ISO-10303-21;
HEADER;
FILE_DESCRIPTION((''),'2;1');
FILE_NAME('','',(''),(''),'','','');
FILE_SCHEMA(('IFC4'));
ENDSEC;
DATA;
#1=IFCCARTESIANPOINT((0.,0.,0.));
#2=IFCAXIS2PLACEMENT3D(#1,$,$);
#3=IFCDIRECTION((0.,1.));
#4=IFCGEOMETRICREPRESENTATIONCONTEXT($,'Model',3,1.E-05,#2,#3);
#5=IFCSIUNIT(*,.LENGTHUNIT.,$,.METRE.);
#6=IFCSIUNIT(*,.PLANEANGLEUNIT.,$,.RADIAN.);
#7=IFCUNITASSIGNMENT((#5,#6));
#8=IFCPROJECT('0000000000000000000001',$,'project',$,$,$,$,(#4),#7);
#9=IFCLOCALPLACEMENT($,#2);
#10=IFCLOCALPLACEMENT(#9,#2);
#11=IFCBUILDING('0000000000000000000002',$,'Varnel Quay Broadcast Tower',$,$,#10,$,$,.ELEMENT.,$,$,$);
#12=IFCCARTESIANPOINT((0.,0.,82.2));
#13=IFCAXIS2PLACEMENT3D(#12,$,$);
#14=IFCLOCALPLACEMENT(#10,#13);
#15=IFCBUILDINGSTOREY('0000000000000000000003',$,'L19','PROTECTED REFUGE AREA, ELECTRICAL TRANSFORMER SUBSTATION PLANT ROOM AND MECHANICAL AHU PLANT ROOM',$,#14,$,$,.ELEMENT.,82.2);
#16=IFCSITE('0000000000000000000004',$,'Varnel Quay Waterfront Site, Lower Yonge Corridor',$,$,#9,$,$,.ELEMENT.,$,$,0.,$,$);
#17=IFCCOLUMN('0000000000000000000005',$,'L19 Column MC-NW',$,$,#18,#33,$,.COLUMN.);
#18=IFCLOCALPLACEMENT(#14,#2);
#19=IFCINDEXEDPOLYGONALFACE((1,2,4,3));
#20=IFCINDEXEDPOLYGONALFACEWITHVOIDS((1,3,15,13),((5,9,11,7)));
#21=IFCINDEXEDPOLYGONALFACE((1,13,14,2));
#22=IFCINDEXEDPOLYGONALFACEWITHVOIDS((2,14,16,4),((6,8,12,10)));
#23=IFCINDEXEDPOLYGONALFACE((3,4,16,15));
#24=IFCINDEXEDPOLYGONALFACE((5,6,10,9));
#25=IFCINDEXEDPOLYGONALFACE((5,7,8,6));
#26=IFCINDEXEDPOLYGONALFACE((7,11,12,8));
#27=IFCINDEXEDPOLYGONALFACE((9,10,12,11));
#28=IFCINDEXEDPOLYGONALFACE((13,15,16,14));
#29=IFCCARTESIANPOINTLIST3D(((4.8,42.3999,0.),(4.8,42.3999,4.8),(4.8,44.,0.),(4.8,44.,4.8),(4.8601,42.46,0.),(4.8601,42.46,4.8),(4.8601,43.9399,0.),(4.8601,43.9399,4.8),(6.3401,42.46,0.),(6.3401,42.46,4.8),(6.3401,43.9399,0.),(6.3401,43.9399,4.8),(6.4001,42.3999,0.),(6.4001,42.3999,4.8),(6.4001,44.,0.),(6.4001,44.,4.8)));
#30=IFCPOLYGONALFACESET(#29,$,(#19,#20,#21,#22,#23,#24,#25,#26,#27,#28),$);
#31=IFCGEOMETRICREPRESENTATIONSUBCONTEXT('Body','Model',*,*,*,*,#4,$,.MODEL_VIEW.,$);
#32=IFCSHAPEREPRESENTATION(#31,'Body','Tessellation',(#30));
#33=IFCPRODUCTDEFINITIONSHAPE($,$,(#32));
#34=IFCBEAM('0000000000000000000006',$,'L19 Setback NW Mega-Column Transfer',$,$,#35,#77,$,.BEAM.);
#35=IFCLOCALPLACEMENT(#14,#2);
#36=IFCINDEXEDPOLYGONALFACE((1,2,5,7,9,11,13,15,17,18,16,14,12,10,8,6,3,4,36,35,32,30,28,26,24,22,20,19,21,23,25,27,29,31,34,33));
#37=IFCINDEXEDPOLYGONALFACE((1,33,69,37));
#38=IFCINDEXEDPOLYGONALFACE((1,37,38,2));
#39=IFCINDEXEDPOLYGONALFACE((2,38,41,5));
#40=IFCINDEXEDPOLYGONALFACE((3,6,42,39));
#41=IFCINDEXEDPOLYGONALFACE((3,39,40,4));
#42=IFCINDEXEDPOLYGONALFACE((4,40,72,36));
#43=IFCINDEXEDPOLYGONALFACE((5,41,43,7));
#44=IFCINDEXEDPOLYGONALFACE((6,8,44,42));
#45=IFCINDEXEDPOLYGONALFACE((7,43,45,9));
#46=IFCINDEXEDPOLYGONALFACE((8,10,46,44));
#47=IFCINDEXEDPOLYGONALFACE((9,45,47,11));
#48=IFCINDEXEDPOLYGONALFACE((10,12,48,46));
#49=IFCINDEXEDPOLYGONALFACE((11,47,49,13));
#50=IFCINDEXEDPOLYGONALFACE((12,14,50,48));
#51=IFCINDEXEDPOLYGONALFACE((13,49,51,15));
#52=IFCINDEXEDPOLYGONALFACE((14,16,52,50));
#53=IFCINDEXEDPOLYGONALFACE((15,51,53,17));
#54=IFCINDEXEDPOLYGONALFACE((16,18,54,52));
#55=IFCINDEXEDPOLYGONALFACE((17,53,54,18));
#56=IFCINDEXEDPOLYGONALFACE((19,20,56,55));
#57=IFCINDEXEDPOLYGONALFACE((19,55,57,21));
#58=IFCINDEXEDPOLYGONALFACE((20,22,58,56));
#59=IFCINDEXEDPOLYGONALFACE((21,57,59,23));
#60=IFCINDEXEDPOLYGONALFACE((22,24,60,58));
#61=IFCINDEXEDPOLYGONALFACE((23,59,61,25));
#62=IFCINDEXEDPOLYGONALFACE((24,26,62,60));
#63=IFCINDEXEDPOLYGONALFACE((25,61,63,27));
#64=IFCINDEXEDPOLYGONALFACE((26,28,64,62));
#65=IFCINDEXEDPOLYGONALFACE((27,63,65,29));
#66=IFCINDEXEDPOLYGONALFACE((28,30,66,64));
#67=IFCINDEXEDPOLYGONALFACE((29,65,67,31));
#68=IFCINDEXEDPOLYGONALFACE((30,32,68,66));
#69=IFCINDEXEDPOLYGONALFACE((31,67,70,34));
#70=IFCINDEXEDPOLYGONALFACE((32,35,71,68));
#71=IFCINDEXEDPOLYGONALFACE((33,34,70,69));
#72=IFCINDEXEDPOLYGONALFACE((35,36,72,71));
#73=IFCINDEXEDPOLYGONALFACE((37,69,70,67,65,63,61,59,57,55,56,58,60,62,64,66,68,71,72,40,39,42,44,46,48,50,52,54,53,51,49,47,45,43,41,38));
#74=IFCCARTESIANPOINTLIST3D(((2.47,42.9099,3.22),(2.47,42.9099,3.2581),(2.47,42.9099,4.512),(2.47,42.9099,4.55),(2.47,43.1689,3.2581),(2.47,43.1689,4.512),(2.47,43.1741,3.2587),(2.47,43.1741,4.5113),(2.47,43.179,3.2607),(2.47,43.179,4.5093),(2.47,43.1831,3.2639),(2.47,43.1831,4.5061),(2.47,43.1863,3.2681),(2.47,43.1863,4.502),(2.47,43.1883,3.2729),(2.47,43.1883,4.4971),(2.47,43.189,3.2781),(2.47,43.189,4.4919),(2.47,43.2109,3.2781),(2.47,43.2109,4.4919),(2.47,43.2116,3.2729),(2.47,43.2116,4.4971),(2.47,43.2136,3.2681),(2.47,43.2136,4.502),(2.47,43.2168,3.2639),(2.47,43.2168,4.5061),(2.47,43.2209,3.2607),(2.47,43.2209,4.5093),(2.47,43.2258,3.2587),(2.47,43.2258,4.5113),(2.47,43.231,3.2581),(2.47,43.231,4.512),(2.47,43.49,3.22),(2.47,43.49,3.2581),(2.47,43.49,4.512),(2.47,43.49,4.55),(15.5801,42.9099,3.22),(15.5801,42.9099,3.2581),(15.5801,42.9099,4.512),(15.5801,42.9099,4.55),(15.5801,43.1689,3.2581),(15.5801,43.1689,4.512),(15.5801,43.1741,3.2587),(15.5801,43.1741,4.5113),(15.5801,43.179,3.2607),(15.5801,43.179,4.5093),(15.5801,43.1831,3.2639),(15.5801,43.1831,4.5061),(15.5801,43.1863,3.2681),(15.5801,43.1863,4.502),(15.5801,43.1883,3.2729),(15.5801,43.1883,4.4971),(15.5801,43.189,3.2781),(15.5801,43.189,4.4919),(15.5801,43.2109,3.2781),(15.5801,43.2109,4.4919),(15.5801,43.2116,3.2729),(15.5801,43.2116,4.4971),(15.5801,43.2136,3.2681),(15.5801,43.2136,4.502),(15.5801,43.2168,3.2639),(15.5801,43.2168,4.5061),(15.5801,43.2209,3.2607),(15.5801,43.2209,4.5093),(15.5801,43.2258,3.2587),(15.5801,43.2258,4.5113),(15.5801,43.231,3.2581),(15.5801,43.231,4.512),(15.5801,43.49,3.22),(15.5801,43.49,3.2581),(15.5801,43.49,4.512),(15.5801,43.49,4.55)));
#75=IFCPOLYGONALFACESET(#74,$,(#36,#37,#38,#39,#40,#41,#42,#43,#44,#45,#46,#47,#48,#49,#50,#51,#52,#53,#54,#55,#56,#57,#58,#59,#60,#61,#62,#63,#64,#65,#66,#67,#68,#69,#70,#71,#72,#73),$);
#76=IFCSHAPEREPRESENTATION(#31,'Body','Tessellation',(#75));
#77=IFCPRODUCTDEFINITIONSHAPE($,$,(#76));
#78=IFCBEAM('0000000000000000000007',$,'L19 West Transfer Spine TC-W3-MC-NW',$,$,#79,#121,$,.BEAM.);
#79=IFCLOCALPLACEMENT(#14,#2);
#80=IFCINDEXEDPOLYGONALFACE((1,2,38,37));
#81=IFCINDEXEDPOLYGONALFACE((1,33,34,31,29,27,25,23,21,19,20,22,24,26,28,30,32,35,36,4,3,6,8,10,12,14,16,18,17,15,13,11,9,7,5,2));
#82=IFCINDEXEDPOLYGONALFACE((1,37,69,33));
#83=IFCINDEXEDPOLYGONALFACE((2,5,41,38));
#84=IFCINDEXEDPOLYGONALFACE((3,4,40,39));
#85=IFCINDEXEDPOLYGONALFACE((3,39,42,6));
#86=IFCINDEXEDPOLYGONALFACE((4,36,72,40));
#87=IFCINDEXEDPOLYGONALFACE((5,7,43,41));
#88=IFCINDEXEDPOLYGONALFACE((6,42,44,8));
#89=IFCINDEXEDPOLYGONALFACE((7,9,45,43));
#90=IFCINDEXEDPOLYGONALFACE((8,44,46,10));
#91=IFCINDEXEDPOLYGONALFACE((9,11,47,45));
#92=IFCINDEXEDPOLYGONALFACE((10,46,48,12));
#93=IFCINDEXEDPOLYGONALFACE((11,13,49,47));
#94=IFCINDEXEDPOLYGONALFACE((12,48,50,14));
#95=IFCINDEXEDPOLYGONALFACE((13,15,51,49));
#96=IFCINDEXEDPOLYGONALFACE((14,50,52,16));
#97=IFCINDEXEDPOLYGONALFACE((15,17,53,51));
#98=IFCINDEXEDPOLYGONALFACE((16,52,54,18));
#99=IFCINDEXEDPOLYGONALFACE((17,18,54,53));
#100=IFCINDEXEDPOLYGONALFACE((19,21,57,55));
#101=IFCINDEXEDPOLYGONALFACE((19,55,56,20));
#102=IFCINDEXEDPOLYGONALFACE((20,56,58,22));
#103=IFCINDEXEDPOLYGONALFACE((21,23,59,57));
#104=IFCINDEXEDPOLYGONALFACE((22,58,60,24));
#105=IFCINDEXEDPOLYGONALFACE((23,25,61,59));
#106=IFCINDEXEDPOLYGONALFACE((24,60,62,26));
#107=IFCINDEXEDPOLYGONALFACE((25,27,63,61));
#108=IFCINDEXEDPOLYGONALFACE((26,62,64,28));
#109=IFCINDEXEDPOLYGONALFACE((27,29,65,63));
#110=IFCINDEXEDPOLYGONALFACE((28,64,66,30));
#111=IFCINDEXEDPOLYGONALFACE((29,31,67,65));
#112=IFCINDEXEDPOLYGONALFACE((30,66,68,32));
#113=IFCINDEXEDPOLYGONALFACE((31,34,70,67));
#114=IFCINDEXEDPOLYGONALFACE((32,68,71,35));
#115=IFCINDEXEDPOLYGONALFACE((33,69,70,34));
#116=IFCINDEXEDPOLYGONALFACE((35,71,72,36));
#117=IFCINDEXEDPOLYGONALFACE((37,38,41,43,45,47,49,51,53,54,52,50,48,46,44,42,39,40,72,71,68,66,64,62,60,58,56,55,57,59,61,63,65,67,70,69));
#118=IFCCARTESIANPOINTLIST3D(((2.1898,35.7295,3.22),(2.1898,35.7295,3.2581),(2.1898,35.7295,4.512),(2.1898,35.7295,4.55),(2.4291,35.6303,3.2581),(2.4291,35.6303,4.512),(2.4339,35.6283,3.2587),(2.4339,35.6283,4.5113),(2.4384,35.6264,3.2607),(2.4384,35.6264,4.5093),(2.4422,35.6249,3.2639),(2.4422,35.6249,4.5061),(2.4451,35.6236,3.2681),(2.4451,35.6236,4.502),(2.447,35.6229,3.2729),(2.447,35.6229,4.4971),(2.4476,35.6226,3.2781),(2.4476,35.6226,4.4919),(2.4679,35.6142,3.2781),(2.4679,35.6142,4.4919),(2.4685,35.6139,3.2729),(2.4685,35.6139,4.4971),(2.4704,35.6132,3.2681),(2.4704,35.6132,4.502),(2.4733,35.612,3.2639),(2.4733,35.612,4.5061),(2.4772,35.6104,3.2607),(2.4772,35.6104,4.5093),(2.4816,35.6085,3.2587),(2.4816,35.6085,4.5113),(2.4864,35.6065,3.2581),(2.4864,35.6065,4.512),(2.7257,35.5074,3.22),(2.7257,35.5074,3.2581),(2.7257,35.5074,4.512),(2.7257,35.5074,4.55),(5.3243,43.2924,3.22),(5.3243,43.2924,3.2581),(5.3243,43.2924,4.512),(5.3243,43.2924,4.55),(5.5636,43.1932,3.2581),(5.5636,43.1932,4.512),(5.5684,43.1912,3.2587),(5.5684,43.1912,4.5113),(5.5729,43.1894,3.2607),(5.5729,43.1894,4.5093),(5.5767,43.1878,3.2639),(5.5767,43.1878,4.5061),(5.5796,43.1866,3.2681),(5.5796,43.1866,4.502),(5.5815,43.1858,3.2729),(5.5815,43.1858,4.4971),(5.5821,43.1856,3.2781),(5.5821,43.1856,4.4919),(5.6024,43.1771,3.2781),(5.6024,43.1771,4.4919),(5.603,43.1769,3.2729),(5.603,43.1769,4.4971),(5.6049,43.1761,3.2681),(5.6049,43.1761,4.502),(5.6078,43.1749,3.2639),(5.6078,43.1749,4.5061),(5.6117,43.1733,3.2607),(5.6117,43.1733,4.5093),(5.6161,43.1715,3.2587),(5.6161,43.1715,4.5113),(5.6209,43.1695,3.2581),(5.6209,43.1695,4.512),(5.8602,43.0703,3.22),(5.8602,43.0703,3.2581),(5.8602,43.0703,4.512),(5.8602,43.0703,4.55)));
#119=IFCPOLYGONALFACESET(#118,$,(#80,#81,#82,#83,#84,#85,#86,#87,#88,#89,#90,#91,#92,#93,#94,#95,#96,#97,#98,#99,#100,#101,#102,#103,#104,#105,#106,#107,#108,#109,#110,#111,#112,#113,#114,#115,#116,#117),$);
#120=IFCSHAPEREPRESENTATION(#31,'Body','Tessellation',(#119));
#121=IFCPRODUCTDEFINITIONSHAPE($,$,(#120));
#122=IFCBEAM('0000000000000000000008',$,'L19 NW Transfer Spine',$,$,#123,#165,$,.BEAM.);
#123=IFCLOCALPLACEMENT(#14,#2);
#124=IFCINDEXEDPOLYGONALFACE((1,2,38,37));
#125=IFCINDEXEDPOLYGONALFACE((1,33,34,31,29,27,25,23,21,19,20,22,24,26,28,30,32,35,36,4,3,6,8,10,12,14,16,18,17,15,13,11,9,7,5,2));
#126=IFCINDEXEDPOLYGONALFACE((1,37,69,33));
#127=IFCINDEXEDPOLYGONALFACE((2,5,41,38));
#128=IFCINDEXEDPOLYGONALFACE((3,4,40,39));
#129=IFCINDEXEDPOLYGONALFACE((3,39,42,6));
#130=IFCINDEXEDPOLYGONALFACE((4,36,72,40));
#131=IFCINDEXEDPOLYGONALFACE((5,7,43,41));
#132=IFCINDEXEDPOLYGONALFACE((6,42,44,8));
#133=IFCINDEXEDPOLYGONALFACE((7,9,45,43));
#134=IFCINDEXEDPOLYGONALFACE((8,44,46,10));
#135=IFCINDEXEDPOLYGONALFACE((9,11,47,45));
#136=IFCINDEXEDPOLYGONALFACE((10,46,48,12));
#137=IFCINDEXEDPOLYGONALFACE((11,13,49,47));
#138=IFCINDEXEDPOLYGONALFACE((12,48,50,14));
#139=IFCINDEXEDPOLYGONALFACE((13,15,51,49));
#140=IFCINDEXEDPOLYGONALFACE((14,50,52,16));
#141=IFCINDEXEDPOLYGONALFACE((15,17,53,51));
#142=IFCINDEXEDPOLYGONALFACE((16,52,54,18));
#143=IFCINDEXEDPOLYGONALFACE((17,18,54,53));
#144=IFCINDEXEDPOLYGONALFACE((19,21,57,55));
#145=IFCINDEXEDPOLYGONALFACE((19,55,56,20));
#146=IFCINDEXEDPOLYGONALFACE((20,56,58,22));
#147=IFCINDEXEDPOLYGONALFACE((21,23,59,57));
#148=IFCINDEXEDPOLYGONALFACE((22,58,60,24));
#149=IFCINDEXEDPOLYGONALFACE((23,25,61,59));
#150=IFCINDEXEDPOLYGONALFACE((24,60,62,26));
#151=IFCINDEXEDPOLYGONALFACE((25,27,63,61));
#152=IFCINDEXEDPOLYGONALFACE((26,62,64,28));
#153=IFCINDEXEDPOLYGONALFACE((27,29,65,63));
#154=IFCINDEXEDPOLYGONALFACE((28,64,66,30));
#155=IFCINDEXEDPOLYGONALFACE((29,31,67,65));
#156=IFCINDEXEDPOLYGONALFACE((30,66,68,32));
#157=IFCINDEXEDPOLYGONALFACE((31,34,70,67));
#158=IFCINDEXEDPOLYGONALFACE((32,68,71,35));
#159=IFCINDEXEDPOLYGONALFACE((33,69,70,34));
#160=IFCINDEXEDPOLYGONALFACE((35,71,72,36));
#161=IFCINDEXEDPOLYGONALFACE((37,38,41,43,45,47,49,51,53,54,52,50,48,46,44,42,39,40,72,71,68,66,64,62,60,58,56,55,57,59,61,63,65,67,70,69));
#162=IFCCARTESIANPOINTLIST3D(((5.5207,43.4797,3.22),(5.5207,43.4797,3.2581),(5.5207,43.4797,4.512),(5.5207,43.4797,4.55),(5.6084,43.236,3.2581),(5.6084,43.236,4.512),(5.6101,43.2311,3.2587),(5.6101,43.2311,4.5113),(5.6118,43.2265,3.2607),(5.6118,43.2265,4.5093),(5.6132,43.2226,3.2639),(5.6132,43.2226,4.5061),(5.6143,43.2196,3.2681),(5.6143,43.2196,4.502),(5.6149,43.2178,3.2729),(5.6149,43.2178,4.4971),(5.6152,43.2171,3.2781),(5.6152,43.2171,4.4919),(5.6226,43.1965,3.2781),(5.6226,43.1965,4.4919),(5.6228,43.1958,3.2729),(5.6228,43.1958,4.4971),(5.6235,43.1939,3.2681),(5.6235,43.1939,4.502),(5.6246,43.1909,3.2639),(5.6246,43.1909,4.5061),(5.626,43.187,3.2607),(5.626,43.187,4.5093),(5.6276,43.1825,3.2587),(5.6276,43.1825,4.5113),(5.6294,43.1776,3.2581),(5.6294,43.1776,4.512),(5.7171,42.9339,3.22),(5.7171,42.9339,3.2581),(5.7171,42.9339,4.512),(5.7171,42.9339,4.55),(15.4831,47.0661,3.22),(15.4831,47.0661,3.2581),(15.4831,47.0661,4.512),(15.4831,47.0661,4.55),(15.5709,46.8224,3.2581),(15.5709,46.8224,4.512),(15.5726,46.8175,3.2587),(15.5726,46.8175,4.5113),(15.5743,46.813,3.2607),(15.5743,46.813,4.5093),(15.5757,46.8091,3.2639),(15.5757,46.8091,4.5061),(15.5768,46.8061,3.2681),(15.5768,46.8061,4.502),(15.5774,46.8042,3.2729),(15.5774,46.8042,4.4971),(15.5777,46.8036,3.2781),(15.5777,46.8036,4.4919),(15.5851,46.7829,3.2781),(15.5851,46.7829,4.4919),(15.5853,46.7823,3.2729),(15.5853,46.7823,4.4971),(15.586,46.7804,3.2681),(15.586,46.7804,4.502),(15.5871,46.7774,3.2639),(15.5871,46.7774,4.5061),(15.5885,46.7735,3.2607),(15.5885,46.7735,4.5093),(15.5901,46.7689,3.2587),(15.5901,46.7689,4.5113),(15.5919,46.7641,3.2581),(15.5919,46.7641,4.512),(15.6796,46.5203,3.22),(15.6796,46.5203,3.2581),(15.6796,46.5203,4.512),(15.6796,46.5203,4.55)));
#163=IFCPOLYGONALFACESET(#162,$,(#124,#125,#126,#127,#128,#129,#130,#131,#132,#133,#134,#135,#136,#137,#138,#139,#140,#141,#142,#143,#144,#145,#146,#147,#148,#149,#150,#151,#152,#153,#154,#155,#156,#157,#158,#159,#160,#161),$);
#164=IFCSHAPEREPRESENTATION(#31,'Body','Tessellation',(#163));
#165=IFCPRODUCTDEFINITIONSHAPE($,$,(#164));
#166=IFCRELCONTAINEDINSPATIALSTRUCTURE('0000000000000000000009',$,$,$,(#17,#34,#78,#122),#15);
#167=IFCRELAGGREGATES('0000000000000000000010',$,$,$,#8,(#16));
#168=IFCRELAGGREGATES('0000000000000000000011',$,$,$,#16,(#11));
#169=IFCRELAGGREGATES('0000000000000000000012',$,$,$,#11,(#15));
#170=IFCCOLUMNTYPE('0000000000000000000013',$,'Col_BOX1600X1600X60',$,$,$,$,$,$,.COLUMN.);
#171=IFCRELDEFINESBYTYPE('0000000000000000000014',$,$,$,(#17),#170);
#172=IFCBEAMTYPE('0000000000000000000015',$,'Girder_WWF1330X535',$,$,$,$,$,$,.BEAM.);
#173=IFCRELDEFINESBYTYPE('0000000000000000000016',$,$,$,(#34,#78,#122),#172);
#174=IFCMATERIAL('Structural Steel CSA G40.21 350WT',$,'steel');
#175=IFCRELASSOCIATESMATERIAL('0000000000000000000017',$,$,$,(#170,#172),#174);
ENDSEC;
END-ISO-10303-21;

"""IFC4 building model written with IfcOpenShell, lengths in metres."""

from ifc_helpers import new_model, si_unit, direction, frame, origin, origin_2d, place, context, subcontext, project, spatial, hollow_rectangle, i_section, extrude, source, transform, mapped, material, material_profile, profile_set, type_object, type_shapes, element, save


model = new_model("IFC4")

# Units and contexts
model_context = context("Model", 3, precision=1e-05, world=origin(), true_north=direction((0.0, 1.0)))
body_context = subcontext(model_context, "Body", "Model", "MODEL_VIEW")
ifc_project = project(units=[si_unit("LENGTHUNIT", "METRE"), si_unit("PLANEANGLEUNIT", "RADIAN")], contexts=[model_context])

# Site, building, storey
site_placement = place(None, origin())
site = spatial("IfcSite", under=ifc_project, at=site_placement, Name="Varnel Quay Waterfront Site, Lower Yonge Corridor", CompositionType="ELEMENT", RefElevation=0.0)
building_placement = place(site_placement, origin())
building = spatial("IfcBuilding", under=site, at=building_placement, Name="Varnel Quay Broadcast Tower", CompositionType="ELEMENT")
storey_placement = place(building_placement, frame((0.0, 0.0, 82.2)))
storey = spatial("IfcBuildingStorey", under=building, at=storey_placement, Name="L19", Description="PROTECTED REFUGE AREA, ELECTRICAL TRANSFORMER SUBSTATION PLANT ROOM AND MECHANICAL AHU PLANT ROOM", CompositionType="ELEMENT", Elevation=82.2)

# Column
ifc_material_1 = material(Name="Structural Steel CSA G40.21 350WT", Category="steel")
ifc_material_profile_1 = material_profile(ifc_material_1, hollow_rectangle(XDim=1.6001, YDim=1.6001, WallThickness=0.0601, at=origin_2d()), Name="BOX1600X1600X60")
ifc_profile_set_1 = profile_set([ifc_material_profile_1], Name="Structural Steel CSA G40.21 350WT")
column_type = type_object("IfcColumnType", Name="Col_BOX1600X1600X60", PredefinedType="COLUMN", material=ifc_profile_set_1)
shared_shape_1 = source(origin(), body_context, "Body", "SweptSolid", [
    extrude(hollow_rectangle(XDim=1.6001, YDim=1.6001, WallThickness=0.0601, at=origin_2d()), origin(), (0.0, 0.0, 1.0), 4.8),
])
type_shapes(column_type, [shared_shape_1])
column_placement = place(storey_placement, frame((5.6001, 43.2, 0.0), z_axis=(0.0, 0.0, 1.0), x_axis=(1.0, 0.0, 0.0)))
element("IfcColumn", 1, at=column_placement, inside=storey, type_object=column_type, Name="L19 Column MC-NW", PredefinedType="COLUMN", context=body_context, shape_type="MappedRepresentation", body=[
    mapped(shared_shape_1, transform((0.0, 0.0, 0.0), x_axis=(1.0, 0.0, 0.0), y_axis=(0.0, 1.0, 0.0), z_axis=(0.0, 0.0, 1.0), scale=1.0)),
])

# Beams
ifc_material_profile_2 = material_profile(ifc_material_1, i_section(OverallWidth=0.5801, OverallDepth=1.3301, WebThickness=0.022, FlangeThickness=0.0381, FilletRadius=0.02, at=origin_2d()), Name="WWF1330X535")
ifc_profile_set_2 = profile_set([ifc_material_profile_2], Name="Structural Steel CSA G40.21 350WT")
beam_type = type_object("IfcBeamType", Name="Girder_WWF1330X535", PredefinedType="BEAM", material=ifc_profile_set_2)
shared_shape_2 = source(origin(), body_context, "Body", "SweptSolid", [
    extrude(i_section(OverallWidth=0.5801, OverallDepth=1.3301, WebThickness=0.022, FlangeThickness=0.0381, FilletRadius=0.02, at=origin_2d()), origin(), (0.0, 0.0, 1.0), 13.1101),
])
beam_1_placement = place(storey_placement, frame((2.47, 43.2, 3.885), z_axis=(1.0, 0.0, 0.0), x_axis=(0.0, 1.0, 0.0)))
element("IfcBeam", 2, at=beam_1_placement, inside=storey, type_object=beam_type, Name="L19 Setback NW Mega-Column Transfer", PredefinedType="BEAM", context=body_context, shape_type="MappedRepresentation", body=[
    mapped(shared_shape_2, transform((0.0, 0.0, 0.0), x_axis=(1.0, 0.0, 0.0), y_axis=(0.0, 1.0, 0.0), z_axis=(0.0, 0.0, 1.0), scale=1.0)),
])
shared_shape_3 = source(origin(), body_context, "Body", "SweptSolid", [
    extrude(i_section(OverallWidth=0.5801, OverallDepth=1.3301, WebThickness=0.022, FlangeThickness=0.0381, FilletRadius=0.02, at=origin_2d()), origin(), (0.0, 0.0, 1.0), 8.1868),
])
beam_2_placement = place(storey_placement, frame((2.4578, 35.6184, 3.885), z_axis=(0.382874, 0.923801, 0.0), x_axis=(-0.923801, 0.382874, 0.0)))
element("IfcBeam", 3, at=beam_2_placement, inside=storey, type_object=beam_type, Name="L19 West Transfer Spine TC-W3-MC-NW", PredefinedType="BEAM", context=body_context, shape_type="MappedRepresentation", body=[
    mapped(shared_shape_3, transform((0.0, 0.0, 0.0), x_axis=(1.0, 0.0, 0.0), y_axis=(0.0, 1.0, 0.0), z_axis=(0.0, 0.0, 1.0), scale=1.0)),
])
shared_shape_4 = source(origin(), body_context, "Body", "SweptSolid", [
    extrude(i_section(OverallWidth=0.5801, OverallDepth=1.3301, WebThickness=0.022, FlangeThickness=0.0381, FilletRadius=0.02, at=origin_2d()), origin(), (0.0, 0.0, 1.0), 10.5884),
])
beam_3_placement = place(storey_placement, frame((5.6189, 43.2068, 3.885), z_axis=(0.940889, 0.338716, 0.0), x_axis=(-0.338716, 0.940889, 0.0)))
element("IfcBeam", 4, at=beam_3_placement, inside=storey, type_object=beam_type, Name="L19 NW Transfer Spine", PredefinedType="BEAM", context=body_context, shape_type="MappedRepresentation", body=[
    mapped(shared_shape_4, transform((0.0, 0.0, 0.0), x_axis=(1.0, 0.0, 0.0), y_axis=(0.0, 1.0, 0.0), z_axis=(0.0, 0.0, 1.0), scale=1.0)),
])

save(model, "model.ifc")
